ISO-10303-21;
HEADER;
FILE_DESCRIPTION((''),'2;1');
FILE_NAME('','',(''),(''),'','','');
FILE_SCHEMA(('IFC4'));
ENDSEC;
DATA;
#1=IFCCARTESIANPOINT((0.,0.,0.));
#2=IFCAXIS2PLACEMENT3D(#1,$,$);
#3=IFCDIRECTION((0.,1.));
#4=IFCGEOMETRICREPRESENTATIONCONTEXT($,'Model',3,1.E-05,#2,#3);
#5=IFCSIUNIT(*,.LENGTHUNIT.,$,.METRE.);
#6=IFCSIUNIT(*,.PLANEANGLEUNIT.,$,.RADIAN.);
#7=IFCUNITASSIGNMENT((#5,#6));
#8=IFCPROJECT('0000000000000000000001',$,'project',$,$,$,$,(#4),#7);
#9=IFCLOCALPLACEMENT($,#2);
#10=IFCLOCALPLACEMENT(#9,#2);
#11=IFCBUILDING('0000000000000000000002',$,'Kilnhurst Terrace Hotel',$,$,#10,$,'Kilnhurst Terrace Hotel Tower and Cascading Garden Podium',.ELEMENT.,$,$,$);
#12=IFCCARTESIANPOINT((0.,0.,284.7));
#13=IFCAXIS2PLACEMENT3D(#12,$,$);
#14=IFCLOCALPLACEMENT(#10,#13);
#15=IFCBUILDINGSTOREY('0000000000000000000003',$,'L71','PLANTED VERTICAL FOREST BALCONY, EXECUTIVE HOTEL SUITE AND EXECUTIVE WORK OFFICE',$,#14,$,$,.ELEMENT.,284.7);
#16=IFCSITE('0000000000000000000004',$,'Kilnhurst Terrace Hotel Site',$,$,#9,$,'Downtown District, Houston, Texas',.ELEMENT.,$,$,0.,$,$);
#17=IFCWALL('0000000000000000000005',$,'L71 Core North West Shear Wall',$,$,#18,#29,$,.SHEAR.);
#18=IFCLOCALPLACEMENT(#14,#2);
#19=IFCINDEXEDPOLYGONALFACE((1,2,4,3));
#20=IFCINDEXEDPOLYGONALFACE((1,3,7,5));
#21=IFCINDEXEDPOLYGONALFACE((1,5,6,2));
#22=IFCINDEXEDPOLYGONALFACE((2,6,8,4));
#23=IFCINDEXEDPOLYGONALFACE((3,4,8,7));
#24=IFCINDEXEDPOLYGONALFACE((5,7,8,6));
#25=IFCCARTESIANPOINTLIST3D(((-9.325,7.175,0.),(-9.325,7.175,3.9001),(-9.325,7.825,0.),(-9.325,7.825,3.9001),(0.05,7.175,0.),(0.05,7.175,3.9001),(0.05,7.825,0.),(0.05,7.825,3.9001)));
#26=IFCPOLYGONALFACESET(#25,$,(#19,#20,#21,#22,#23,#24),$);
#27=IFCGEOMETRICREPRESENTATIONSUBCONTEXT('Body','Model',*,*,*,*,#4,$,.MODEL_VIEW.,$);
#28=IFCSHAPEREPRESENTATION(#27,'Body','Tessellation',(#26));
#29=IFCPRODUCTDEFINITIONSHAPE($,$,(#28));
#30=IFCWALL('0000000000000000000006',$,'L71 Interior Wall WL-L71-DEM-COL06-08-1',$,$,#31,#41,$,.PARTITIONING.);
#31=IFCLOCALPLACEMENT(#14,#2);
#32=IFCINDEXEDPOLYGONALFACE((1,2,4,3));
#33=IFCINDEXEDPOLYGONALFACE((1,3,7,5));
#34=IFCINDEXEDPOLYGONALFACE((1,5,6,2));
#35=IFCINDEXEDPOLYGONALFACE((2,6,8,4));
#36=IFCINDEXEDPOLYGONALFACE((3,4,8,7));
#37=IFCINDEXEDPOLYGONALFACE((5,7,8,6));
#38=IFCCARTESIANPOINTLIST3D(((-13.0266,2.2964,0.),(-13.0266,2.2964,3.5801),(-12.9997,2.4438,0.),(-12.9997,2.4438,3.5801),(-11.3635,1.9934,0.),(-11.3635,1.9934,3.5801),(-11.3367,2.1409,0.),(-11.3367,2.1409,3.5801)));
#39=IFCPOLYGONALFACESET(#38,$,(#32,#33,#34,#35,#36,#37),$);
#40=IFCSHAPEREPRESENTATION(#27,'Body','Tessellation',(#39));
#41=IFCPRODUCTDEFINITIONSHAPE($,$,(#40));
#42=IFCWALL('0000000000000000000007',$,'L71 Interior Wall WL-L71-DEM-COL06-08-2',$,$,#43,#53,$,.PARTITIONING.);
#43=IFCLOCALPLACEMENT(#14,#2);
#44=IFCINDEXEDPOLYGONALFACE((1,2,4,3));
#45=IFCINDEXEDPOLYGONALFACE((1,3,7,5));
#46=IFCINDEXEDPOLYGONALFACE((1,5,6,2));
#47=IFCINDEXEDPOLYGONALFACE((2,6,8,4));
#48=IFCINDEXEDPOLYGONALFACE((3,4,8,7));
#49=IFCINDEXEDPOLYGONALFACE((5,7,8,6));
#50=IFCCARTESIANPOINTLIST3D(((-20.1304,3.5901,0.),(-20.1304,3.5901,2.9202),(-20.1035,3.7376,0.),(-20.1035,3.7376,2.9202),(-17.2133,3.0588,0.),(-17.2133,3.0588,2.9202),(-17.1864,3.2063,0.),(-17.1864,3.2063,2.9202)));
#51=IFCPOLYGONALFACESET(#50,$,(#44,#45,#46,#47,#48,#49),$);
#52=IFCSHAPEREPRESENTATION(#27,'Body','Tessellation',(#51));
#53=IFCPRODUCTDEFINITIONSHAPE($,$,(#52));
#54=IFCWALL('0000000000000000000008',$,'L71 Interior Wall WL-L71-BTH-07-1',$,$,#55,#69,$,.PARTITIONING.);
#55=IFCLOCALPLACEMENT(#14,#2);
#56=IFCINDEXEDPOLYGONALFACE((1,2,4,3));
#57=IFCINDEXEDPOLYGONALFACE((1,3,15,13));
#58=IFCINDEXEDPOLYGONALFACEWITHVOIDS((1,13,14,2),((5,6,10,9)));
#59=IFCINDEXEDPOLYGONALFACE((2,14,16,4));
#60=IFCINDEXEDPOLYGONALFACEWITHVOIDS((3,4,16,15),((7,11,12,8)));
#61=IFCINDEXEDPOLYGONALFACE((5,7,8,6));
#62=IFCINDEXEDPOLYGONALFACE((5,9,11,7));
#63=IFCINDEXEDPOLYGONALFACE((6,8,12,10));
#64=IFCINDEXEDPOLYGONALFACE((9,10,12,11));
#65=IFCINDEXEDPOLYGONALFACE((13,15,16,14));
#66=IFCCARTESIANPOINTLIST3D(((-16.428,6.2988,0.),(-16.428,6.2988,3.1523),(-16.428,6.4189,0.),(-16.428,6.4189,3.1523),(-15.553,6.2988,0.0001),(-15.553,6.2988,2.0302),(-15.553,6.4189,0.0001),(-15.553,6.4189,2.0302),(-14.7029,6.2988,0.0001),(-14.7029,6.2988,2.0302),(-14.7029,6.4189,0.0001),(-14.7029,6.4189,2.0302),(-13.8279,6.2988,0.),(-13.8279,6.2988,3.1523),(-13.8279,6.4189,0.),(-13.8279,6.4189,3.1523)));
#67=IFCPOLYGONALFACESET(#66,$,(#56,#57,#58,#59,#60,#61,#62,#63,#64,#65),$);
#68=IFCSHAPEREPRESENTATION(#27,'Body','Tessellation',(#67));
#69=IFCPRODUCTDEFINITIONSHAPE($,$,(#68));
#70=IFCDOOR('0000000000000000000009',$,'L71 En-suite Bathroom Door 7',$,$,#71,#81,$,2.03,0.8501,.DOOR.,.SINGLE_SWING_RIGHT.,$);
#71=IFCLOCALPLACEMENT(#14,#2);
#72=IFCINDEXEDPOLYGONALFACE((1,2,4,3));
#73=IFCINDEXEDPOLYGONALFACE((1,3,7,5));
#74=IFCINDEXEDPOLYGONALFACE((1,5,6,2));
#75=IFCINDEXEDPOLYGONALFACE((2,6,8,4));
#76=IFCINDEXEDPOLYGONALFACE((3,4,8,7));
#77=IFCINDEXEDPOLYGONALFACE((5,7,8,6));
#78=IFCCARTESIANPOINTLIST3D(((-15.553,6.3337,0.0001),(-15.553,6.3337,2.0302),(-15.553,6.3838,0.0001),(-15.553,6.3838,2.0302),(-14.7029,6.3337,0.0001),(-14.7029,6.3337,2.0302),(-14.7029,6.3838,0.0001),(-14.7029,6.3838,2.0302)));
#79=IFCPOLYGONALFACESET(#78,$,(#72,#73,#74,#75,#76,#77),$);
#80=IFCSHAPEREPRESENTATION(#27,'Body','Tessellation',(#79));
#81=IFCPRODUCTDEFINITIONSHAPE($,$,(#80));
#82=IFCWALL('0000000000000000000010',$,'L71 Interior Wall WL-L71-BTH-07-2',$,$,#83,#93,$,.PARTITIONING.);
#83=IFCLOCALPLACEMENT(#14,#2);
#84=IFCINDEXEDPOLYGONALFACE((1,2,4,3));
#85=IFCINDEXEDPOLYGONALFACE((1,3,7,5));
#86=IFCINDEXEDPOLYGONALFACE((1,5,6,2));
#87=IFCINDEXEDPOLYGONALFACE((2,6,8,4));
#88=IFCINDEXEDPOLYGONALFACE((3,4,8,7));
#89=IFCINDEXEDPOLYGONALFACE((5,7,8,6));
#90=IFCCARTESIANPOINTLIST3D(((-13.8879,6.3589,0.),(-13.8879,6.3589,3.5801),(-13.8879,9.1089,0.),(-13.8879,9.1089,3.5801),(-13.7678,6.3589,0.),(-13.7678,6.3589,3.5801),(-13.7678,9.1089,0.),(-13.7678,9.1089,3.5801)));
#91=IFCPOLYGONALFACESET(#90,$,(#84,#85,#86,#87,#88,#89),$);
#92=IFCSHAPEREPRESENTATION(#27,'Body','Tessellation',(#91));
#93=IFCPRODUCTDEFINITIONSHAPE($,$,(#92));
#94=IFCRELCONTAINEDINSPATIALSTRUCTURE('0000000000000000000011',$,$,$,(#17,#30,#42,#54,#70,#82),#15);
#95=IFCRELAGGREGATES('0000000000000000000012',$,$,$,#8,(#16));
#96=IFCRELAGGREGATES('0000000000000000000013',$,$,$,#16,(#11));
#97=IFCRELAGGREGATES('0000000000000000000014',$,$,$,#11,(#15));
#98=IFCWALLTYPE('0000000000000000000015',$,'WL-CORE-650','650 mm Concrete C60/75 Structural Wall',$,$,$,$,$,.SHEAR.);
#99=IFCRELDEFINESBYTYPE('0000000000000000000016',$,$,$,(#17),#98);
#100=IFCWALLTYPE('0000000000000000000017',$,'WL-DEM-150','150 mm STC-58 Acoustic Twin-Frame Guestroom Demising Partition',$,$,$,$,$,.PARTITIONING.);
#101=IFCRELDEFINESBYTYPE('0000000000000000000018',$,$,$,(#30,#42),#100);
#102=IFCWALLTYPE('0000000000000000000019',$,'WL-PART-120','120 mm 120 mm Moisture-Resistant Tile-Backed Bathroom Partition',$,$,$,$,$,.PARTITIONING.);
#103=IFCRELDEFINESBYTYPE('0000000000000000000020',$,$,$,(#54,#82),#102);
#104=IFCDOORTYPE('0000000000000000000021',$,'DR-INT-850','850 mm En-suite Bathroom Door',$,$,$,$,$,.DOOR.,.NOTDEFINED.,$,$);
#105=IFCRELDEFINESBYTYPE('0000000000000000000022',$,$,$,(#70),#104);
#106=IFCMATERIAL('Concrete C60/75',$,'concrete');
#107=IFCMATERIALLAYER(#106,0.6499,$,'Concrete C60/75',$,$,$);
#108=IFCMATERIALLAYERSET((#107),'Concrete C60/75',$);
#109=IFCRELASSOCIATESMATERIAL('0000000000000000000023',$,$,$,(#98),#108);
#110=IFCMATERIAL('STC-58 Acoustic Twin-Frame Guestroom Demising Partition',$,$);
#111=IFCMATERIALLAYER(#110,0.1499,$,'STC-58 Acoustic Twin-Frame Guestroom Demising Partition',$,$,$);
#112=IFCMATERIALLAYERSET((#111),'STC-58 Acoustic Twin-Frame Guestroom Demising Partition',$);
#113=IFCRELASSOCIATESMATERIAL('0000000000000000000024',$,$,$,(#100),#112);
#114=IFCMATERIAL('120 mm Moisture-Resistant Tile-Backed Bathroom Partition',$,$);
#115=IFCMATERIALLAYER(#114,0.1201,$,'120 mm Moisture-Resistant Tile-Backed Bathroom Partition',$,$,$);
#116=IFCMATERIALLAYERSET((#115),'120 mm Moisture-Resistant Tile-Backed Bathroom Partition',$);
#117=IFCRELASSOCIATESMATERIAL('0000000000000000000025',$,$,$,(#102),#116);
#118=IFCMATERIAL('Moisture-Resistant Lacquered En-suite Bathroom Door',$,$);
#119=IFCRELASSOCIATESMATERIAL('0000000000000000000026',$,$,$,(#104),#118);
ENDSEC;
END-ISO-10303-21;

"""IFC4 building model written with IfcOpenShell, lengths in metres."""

from ifc_helpers import new_model, si_unit, direction, frame, frame_2d, origin, place, context, subcontext, project, spatial, rectangle, extrude, material, layer, layer_set, type_object, element, fill, save


model = new_model("IFC4")

# Units and contexts
model_context = context("Model", 3, precision=1e-05, world=origin(), true_north=direction((0.0, 1.0)))
body_context = subcontext(model_context, "Body", "Model", "MODEL_VIEW")
ifc_project = project(units=[si_unit("LENGTHUNIT", "METRE"), si_unit("PLANEANGLEUNIT", "RADIAN")], contexts=[model_context])

# Site, building, storey
site_placement = place(None, origin())
site = spatial("IfcSite", under=ifc_project, at=site_placement, Name="Kilnhurst Terrace Hotel Site", LongName="Downtown District, Houston, Texas", CompositionType="ELEMENT", RefElevation=0.0)
building_placement = place(site_placement, origin())
building = spatial("IfcBuilding", under=site, at=building_placement, Name="Kilnhurst Terrace Hotel", LongName="Kilnhurst Terrace Hotel Tower and Cascading Garden Podium", CompositionType="ELEMENT")
storey_placement = place(building_placement, frame((0.0, 0.0, 284.7)))
storey = spatial("IfcBuildingStorey", under=building, at=storey_placement, Name="L71", Description="PLANTED VERTICAL FOREST BALCONY, EXECUTIVE HOTEL SUITE AND EXECUTIVE WORK OFFICE", CompositionType="ELEMENT", Elevation=284.7)

# Shared definitions
ifc_material_1 = material(Name="Concrete C60/75", Category="concrete")

# Walls
ifc_layer_1 = layer(ifc_material_1, 0.6499, Name="Concrete C60/75")
ifc_layer_set_1 = layer_set([ifc_layer_1], Name="Concrete C60/75")
wall_type_1 = type_object("IfcWallType", Name="WL-CORE-650", Description="650 mm Concrete C60/75 Structural Wall", PredefinedType="SHEAR", material=ifc_layer_set_1)
wall_1_placement = place(storey_placement, frame((-9.325, 7.5, 0.0), z_axis=(0.0, 0.0, 1.0), x_axis=(1.0, 0.0, 0.0)))
element("IfcWall", 1, at=wall_1_placement, inside=storey, type_object=wall_type_1, Name="L71 Core North West Shear Wall", PredefinedType="SHEAR", context=body_context, shape_type="SweptSolid", body=[
    extrude(rectangle(XDim=9.375, YDim=0.6499, at=frame_2d((4.6875, 0.0))), origin(), (0.0, 0.0, 1.0), 3.9001),
])
ifc_material_2 = material(Name="STC-58 Acoustic Twin-Frame Guestroom Demising Partition")
ifc_layer_2 = layer(ifc_material_2, 0.1499, Name="STC-58 Acoustic Twin-Frame Guestroom Demising Partition")
ifc_layer_set_2 = layer_set([ifc_layer_2], Name="STC-58 Acoustic Twin-Frame Guestroom Demising Partition")
wall_type_2 = type_object("IfcWallType", Name="WL-DEM-150", Description="150 mm STC-58 Acoustic Twin-Frame Guestroom Demising Partition", PredefinedType="PARTITIONING", material=ifc_layer_set_2)
wall_2_placement = place(storey_placement, frame((-11.3501, 2.0671, 0.0), z_axis=(0.0, 0.0, 1.0), x_axis=(-0.983807, 0.179229, 0.0)))
element("IfcWall", 2, at=wall_2_placement, inside=storey, type_object=wall_type_2, Name="L71 Interior Wall WL-L71-DEM-COL06-08-1", PredefinedType="PARTITIONING", context=body_context, shape_type="SweptSolid", body=[
    extrude(rectangle(XDim=1.6904, YDim=0.1499, at=frame_2d((0.8452, 0.0))), origin(), (0.0, 0.0, 1.0), 3.5801),
])
wall_3_placement = place(storey_placement, frame((-17.2, 3.1326, 0.0), z_axis=(0.0, 0.0, 1.0), x_axis=(-0.983817, 0.179175, 0.0)))
element("IfcWall", 3, at=wall_3_placement, inside=storey, type_object=wall_type_2, Name="L71 Interior Wall WL-L71-DEM-COL06-08-2", PredefinedType="PARTITIONING", context=body_context, shape_type="SweptSolid", body=[
    extrude(rectangle(XDim=2.9651, YDim=0.1499, at=frame_2d((1.4824, 0.0))), origin(), (0.0, 0.0, 1.0), 2.9202),
])

# Wall, opening, door
ifc_material_3 = material(Name="120 mm Moisture-Resistant Tile-Backed Bathroom Partition")
ifc_layer_3 = layer(ifc_material_3, 0.1201, Name="120 mm Moisture-Resistant Tile-Backed Bathroom Partition")
ifc_layer_set_3 = layer_set([ifc_layer_3], Name="120 mm Moisture-Resistant Tile-Backed Bathroom Partition")
wall_type_3 = type_object("IfcWallType", Name="WL-PART-120", Description="120 mm 120 mm Moisture-Resistant Tile-Backed Bathroom Partition", PredefinedType="PARTITIONING", material=ifc_layer_set_3)
wall_4_placement = place(storey_placement, frame((-16.428, 6.3589, 0.0), z_axis=(0.0, 0.0, 1.0), x_axis=(1.0, 0.0, 0.0)))
wall_4 = element("IfcWall", 4, at=wall_4_placement, inside=storey, type_object=wall_type_3, Name="L71 Interior Wall WL-L71-BTH-07-1", PredefinedType="PARTITIONING", context=body_context, shape_type="SweptSolid", body=[
    extrude(rectangle(XDim=2.6001, YDim=0.1201, at=frame_2d((1.3, 0.0))), origin(), (0.0, 0.0, 1.0), 3.1523),
])
opening_1_placement = place(wall_4_placement, frame((0.875, 0.0, 0.0)))
opening_1 = element("IfcOpeningElement", 5, at=opening_1_placement, cuts=wall_4, PredefinedType="OPENING", context=body_context, shape_type="SweptSolid", body=[
    extrude(rectangle(XDim=0.8501, YDim=2.03, at=frame_2d((0.425, 1.0151))), frame((0.0, 0.0701, 0.0), z_axis=(0.0, -1.0, 0.0), x_axis=(1.0, 0.0, 0.0)), (0.0, 0.0, 1.0), 0.1401),
])
ifc_material_4 = material(Name="Moisture-Resistant Lacquered En-suite Bathroom Door")
door_type_1 = type_object("IfcDoorType", Name="DR-INT-850", Description="850 mm En-suite Bathroom Door", OperationType="NOTDEFINED", PredefinedType="DOOR", material=ifc_material_4)
door_1_placement = place(opening_1_placement, origin())
door_1 = element("IfcDoor", 6, at=door_1_placement, inside=storey, type_object=door_type_1, Name="L71 En-suite Bathroom Door 7", OperationType="SINGLE_SWING_RIGHT", OverallHeight=2.03, OverallWidth=0.8501, PredefinedType="DOOR", context=body_context, shape_type="SweptSolid", body=[
    extrude(rectangle(XDim=0.8501, YDim=2.03, at=frame_2d((0.425, 1.0151))), frame((0.0, 0.0249, 0.0), z_axis=(0.0, -1.0, 0.0), x_axis=(1.0, 0.0, 0.0)), (0.0, 0.0, 1.0), 0.05),
])
fill(opening_1, door_1)

# Wall
wall_5_placement = place(storey_placement, frame((-13.8279, 6.3589, 0.0), z_axis=(0.0, 0.0, 1.0), x_axis=(0.0, 1.0, 0.0)))
element("IfcWall", 7, at=wall_5_placement, inside=storey, type_object=wall_type_3, Name="L71 Interior Wall WL-L71-BTH-07-2", PredefinedType="PARTITIONING", context=body_context, shape_type="SweptSolid", body=[
    extrude(rectangle(XDim=2.75, YDim=0.1201, at=frame_2d((1.375, 0.0))), origin(), (0.0, 0.0, 1.0), 3.5801),
])

save(model, "model.ifc")
